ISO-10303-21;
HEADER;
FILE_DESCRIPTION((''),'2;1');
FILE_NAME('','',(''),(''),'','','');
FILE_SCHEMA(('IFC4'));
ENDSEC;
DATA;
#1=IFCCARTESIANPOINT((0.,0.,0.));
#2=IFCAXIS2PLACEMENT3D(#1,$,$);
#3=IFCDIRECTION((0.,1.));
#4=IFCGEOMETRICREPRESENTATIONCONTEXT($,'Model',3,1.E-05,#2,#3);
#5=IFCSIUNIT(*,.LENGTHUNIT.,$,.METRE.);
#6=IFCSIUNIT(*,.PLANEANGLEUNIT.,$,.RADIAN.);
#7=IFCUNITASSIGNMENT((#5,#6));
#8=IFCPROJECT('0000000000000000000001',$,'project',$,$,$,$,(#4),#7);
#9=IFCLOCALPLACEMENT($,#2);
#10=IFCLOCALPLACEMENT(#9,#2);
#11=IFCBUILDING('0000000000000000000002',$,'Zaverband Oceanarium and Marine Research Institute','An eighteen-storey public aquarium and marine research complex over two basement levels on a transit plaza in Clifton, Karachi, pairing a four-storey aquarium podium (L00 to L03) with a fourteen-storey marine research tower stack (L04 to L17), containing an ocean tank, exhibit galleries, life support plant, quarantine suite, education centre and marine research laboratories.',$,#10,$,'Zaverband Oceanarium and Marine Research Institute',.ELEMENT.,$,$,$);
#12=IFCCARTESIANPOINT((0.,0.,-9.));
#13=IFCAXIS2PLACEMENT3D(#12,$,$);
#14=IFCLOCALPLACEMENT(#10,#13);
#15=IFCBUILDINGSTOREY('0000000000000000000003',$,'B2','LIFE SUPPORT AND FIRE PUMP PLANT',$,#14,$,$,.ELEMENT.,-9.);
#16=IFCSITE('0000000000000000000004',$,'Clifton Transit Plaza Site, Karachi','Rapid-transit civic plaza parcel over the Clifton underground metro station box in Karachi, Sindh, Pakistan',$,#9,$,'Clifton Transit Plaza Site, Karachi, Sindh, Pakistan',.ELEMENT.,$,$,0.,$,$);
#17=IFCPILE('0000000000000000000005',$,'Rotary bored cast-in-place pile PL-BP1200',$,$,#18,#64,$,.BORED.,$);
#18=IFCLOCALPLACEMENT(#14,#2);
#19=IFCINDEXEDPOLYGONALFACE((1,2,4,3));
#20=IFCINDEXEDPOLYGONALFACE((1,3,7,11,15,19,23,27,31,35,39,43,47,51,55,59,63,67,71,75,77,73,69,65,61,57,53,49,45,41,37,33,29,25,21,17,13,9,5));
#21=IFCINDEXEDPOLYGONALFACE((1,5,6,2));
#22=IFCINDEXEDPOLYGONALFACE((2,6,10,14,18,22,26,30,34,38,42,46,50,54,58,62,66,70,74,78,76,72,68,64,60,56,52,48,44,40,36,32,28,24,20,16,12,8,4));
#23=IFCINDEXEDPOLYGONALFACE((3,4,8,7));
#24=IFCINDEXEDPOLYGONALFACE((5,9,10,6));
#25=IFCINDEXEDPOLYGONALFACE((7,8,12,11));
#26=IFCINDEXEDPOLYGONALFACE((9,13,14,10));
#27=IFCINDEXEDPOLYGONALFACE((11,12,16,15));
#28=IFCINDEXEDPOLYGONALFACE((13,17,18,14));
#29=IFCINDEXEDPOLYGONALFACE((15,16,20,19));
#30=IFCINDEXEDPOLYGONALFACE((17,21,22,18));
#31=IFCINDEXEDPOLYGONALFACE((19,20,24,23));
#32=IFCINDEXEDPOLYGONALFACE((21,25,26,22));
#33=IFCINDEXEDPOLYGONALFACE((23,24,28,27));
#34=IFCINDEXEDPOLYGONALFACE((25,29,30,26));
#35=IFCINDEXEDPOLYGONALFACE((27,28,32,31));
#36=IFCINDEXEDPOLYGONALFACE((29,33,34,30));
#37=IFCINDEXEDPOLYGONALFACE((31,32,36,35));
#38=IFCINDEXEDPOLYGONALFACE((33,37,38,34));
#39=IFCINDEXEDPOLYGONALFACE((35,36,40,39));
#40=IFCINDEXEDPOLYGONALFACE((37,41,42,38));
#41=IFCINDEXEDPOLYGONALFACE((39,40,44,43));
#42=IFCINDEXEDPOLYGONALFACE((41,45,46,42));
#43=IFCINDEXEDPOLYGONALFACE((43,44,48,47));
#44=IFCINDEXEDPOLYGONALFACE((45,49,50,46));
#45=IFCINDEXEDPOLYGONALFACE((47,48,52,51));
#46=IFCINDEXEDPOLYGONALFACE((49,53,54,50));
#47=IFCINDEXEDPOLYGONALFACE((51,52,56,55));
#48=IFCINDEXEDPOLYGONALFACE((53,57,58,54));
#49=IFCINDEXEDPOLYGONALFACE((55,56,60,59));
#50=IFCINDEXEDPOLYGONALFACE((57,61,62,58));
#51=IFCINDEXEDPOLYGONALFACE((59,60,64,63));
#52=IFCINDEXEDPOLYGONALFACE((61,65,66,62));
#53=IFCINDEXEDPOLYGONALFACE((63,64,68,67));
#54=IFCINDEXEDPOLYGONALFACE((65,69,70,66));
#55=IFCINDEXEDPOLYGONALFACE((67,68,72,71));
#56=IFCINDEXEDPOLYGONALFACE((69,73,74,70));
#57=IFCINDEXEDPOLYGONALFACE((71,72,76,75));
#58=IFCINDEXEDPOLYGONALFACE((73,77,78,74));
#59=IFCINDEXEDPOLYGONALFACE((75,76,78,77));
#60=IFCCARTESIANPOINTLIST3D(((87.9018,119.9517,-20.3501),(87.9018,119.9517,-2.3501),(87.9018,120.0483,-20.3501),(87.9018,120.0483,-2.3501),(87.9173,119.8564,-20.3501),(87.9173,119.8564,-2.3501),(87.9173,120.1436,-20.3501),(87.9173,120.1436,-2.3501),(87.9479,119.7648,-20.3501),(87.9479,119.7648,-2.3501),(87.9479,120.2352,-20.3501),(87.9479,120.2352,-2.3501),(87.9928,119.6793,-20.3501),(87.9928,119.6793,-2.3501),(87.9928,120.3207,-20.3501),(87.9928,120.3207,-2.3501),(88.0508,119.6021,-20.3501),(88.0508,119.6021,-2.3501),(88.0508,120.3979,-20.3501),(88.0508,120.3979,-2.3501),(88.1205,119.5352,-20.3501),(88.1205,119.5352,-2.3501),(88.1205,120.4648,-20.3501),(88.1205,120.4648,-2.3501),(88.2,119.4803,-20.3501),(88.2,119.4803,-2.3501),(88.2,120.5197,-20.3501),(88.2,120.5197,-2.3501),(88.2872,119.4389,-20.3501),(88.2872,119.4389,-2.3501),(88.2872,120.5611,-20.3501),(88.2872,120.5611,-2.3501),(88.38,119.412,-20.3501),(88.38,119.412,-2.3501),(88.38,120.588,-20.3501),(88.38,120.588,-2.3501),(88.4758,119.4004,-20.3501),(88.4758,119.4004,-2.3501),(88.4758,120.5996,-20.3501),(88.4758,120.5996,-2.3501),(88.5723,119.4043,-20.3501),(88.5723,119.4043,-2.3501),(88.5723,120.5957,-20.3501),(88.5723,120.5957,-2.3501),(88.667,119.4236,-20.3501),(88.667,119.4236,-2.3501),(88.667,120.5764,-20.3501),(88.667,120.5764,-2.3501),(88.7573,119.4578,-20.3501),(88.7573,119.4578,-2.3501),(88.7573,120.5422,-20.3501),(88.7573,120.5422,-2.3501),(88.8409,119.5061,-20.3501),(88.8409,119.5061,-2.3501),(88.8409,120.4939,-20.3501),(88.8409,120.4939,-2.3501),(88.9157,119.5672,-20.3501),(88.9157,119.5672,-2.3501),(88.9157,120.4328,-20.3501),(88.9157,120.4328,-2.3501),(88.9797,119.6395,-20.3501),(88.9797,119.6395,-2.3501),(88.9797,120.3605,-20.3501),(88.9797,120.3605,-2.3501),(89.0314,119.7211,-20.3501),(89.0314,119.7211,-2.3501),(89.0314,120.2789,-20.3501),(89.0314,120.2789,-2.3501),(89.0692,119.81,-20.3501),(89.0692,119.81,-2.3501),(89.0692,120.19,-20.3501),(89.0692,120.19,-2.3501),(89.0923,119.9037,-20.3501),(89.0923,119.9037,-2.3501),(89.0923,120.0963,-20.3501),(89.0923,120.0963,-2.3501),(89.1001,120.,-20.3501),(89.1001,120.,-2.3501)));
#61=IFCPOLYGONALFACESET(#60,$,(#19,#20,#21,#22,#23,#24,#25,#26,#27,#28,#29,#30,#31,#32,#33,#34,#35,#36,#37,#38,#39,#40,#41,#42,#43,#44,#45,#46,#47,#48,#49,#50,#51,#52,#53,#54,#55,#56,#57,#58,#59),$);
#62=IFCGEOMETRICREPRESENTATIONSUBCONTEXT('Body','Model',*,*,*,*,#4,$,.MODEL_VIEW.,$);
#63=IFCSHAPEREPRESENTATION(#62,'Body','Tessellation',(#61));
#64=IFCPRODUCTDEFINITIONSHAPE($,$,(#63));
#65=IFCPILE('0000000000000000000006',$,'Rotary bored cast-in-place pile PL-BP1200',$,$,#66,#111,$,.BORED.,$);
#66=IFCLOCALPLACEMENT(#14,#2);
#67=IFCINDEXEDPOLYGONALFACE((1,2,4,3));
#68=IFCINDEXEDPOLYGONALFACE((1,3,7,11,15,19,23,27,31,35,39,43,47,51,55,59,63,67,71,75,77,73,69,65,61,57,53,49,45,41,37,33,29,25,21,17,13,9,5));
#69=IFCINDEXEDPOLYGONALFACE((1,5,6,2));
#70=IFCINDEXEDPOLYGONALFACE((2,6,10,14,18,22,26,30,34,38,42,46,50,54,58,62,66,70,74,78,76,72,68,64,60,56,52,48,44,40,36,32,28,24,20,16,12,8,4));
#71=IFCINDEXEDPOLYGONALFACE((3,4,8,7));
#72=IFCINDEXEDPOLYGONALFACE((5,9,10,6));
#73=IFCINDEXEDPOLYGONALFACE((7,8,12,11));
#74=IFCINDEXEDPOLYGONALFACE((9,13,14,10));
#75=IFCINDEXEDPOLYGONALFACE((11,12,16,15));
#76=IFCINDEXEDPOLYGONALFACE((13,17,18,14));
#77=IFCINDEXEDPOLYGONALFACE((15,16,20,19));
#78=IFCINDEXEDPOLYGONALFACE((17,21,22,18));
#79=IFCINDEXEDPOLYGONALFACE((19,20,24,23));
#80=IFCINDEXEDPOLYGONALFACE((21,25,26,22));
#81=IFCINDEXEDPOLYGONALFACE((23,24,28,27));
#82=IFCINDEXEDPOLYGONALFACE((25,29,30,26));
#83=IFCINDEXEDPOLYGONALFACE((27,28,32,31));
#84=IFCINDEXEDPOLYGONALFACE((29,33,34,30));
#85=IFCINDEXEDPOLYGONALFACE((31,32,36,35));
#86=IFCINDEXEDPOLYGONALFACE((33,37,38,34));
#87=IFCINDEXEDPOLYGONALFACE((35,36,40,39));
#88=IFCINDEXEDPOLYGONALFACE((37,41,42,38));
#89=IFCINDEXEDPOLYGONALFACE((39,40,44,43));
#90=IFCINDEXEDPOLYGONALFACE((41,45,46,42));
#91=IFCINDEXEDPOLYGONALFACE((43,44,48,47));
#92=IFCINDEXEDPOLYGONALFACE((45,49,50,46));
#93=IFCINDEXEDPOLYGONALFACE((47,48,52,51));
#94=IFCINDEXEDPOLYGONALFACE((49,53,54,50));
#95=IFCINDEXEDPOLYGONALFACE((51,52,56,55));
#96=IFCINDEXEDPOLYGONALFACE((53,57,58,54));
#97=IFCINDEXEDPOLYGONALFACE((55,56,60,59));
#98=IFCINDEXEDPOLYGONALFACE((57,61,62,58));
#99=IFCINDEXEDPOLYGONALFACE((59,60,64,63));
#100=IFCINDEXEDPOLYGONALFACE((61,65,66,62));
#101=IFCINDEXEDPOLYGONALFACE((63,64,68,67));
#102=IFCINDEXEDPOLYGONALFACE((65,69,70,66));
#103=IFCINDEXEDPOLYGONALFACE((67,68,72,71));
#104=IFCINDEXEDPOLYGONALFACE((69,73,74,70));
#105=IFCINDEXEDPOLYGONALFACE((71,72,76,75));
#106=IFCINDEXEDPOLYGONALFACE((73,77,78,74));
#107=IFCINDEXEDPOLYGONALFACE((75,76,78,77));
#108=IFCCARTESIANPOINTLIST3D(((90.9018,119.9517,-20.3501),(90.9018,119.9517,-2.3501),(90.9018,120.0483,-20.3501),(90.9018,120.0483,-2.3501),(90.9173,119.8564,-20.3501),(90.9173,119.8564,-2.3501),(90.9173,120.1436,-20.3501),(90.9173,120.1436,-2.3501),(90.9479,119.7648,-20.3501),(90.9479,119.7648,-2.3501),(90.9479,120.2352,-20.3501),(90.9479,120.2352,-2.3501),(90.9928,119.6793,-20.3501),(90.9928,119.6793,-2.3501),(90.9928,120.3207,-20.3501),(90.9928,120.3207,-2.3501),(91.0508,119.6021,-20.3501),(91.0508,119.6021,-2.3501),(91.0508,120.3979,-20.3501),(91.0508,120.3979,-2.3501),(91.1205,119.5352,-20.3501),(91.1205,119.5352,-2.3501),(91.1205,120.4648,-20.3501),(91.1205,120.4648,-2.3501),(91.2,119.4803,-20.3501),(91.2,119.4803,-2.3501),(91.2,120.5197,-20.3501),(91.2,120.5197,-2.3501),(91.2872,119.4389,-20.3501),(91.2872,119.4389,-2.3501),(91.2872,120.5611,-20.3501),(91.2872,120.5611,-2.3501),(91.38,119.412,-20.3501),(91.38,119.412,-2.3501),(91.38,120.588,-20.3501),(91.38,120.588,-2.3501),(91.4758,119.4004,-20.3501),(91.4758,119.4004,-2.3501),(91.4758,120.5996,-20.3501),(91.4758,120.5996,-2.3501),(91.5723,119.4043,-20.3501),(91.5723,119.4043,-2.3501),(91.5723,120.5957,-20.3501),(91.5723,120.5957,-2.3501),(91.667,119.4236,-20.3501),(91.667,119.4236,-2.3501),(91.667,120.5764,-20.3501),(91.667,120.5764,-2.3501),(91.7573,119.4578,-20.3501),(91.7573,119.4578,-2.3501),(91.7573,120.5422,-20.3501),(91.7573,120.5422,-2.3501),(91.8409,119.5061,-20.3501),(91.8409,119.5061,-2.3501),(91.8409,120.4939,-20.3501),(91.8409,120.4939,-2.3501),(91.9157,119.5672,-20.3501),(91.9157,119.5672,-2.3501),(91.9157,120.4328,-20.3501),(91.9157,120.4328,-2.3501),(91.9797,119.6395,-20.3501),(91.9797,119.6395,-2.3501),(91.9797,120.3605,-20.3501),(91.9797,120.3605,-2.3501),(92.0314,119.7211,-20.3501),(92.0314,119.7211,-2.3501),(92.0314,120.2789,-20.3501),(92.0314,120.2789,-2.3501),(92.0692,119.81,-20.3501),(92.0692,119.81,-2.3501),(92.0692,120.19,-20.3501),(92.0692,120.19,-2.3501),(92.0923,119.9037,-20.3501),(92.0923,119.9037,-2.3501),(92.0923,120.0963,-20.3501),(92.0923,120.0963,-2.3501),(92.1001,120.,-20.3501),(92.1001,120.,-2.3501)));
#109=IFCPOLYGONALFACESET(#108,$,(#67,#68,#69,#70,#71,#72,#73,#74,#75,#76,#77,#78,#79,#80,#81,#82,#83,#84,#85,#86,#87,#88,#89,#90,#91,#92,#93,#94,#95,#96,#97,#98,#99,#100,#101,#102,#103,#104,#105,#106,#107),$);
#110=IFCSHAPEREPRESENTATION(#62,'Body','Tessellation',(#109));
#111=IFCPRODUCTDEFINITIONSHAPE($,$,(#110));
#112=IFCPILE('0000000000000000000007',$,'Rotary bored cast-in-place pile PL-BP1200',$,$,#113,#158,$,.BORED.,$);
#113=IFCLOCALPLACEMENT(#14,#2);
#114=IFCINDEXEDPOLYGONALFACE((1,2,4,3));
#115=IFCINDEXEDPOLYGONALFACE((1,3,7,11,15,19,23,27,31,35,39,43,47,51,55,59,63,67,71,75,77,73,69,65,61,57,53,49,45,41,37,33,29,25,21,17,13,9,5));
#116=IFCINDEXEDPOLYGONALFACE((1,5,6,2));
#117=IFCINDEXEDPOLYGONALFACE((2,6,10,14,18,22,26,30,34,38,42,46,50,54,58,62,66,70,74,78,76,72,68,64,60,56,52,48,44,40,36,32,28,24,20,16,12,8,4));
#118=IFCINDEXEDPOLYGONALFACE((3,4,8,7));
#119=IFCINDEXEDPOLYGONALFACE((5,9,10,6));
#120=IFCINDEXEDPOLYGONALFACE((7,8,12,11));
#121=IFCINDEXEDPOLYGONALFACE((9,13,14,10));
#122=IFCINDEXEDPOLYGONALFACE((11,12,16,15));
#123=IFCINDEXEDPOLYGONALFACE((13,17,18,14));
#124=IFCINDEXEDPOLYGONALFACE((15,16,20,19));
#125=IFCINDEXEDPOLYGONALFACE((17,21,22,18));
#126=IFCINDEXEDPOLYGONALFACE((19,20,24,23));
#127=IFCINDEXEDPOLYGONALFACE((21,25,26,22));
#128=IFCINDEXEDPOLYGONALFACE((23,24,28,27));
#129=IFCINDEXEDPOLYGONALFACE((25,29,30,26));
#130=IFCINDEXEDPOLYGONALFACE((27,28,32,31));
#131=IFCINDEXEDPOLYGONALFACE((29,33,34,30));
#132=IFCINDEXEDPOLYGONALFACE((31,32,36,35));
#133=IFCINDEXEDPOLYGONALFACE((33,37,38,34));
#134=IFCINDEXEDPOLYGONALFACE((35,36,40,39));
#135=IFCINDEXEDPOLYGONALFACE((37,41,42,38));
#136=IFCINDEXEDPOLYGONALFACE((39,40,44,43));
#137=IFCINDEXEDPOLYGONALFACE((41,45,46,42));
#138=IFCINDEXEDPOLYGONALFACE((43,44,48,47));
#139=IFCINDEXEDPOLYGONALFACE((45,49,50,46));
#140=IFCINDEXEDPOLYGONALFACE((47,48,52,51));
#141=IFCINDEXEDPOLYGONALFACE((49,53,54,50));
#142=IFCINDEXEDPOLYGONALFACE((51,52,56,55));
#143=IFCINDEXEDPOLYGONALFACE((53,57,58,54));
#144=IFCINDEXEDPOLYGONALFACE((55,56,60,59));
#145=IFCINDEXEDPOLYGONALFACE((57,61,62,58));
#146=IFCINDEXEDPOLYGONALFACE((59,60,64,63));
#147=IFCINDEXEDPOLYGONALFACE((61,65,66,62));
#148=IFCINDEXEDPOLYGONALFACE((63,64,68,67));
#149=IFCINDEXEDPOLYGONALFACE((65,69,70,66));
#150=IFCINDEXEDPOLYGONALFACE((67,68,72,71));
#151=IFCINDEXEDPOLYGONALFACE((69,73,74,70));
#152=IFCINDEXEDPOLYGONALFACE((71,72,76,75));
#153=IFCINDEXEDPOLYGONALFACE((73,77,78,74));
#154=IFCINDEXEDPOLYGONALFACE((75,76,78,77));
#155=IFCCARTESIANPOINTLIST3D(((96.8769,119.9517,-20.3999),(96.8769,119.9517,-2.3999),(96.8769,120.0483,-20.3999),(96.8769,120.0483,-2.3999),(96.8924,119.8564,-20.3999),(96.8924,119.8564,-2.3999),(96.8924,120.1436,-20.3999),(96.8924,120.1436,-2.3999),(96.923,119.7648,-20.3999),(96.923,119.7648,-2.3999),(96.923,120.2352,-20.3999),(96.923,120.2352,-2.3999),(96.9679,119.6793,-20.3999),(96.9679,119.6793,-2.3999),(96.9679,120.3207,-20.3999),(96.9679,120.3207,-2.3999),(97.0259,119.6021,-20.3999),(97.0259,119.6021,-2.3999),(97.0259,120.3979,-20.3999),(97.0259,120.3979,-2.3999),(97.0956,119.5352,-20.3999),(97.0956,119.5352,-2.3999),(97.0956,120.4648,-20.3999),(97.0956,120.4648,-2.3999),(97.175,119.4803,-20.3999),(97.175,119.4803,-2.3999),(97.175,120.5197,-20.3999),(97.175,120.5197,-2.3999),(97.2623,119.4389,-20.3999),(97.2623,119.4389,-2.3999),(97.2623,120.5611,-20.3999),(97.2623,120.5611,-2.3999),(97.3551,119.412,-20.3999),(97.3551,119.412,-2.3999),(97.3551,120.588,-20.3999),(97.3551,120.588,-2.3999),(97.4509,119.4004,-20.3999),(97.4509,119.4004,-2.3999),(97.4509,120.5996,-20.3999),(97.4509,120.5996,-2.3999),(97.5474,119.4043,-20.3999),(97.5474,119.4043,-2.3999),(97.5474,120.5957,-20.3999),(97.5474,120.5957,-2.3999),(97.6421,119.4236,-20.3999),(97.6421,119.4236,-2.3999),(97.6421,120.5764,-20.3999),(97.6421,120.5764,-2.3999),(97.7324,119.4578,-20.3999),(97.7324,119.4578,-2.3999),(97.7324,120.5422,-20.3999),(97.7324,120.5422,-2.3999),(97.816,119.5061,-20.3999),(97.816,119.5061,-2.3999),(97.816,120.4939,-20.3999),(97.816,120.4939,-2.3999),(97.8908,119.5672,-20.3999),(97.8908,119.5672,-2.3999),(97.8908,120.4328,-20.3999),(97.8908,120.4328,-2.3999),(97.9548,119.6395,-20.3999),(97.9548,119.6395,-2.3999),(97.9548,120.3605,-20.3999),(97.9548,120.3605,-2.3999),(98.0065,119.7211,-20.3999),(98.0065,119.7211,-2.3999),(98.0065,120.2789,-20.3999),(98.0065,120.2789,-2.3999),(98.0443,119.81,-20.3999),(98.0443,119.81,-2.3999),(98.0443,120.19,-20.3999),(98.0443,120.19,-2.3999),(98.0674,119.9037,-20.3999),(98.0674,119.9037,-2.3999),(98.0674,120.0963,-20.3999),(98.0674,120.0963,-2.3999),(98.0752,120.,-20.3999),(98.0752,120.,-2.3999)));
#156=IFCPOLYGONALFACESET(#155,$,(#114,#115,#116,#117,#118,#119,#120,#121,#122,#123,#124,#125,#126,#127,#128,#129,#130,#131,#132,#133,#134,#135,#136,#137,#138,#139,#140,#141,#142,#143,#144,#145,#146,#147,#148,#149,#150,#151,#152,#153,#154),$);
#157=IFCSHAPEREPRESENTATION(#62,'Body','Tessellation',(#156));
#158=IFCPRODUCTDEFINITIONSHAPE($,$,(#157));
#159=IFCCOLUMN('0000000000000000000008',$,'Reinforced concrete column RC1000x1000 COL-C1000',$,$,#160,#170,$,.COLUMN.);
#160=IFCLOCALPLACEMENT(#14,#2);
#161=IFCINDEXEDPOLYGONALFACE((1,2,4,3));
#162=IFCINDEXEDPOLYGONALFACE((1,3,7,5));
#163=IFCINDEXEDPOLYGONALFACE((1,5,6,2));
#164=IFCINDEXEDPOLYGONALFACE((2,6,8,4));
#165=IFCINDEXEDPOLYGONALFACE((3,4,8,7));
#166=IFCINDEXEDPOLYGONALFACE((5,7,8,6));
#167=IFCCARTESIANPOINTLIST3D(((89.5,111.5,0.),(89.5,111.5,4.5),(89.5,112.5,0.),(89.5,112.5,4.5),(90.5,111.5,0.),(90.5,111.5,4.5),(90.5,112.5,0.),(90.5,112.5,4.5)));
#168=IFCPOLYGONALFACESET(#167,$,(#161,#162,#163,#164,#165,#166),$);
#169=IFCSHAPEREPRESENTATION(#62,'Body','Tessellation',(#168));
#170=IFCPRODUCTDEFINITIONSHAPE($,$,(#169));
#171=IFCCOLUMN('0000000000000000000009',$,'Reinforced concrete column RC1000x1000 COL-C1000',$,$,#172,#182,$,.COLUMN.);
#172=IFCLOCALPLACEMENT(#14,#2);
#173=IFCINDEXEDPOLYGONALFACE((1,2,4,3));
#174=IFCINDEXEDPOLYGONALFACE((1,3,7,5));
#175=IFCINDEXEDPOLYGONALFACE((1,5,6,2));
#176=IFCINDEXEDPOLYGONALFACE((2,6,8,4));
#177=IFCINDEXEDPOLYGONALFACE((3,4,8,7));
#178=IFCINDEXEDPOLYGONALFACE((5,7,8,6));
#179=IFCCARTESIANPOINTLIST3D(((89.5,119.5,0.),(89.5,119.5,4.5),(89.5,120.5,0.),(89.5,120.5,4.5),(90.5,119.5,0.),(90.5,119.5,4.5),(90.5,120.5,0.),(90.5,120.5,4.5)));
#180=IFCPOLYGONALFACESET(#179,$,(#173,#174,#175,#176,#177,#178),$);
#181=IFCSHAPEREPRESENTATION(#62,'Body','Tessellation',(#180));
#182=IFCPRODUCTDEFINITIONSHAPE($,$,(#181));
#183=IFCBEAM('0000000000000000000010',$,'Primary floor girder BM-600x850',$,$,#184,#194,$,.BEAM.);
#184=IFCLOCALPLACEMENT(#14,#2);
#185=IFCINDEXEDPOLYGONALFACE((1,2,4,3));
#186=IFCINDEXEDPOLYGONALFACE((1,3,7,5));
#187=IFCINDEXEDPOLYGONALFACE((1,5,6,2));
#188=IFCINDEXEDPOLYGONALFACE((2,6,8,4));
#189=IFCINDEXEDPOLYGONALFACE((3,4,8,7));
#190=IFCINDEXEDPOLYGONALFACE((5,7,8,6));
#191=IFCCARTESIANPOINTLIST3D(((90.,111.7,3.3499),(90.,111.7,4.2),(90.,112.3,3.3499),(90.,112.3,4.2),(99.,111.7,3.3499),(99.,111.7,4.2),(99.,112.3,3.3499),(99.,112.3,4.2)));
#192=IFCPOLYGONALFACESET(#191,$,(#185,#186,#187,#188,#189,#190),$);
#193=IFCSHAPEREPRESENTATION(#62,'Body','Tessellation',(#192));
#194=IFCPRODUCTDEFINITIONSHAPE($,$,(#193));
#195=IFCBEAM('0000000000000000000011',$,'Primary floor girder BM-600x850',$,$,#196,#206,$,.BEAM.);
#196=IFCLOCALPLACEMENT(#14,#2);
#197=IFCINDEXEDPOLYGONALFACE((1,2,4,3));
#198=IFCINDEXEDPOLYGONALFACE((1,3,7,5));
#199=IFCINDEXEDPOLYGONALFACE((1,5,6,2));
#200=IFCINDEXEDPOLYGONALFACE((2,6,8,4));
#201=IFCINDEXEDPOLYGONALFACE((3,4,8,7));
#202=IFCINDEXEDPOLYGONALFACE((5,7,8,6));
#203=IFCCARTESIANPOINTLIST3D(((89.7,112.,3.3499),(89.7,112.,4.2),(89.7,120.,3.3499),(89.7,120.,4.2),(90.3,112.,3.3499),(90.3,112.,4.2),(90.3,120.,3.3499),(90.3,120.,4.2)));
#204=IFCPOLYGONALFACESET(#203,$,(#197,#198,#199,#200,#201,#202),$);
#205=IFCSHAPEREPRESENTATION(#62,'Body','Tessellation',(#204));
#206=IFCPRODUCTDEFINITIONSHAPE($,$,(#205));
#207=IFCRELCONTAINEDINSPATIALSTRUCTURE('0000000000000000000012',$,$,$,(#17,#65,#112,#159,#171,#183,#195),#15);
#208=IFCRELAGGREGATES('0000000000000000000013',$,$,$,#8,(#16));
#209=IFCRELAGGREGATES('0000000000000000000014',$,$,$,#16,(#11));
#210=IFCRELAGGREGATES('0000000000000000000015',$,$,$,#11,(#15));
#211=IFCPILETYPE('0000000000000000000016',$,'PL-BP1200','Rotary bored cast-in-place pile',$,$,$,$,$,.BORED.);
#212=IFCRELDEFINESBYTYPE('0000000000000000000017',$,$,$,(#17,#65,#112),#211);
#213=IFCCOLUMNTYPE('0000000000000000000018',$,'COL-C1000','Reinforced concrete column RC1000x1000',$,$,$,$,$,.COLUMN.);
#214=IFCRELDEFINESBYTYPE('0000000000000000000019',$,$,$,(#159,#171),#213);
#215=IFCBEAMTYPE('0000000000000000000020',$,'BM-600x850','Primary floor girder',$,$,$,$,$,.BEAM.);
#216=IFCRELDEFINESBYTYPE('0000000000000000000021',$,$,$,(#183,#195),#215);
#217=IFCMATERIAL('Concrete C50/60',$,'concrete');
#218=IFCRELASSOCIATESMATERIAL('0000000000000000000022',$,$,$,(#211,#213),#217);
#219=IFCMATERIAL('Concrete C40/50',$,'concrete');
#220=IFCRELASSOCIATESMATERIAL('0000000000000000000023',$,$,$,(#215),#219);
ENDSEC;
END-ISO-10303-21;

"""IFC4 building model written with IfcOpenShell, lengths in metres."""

from ifc_helpers import new_model, si_unit, direction, frame, origin, origin_2d, place, context, subcontext, project, spatial, rectangle, circle, extrude, material, material_profile, profile_set, type_object, element, save


model = new_model("IFC4")

# Units and contexts
model_context = context("Model", 3, precision=1e-05, world=origin(), true_north=direction((0.0, 1.0)))
body_context = subcontext(model_context, "Body", "Model", "MODEL_VIEW")
ifc_project = project(units=[si_unit("LENGTHUNIT", "METRE"), si_unit("PLANEANGLEUNIT", "RADIAN")], contexts=[model_context])

# Site, building, storey
site_placement = place(None, origin())
site = spatial("IfcSite", under=ifc_project, at=site_placement, Name="Clifton Transit Plaza Site, Karachi", Description="Rapid-transit civic plaza parcel over the Clifton underground metro station box in Karachi, Sindh, Pakistan", LongName="Clifton Transit Plaza Site, Karachi, Sindh, Pakistan", CompositionType="ELEMENT", RefElevation=0.0)
building_placement = place(site_placement, origin())
building = spatial("IfcBuilding", under=site, at=building_placement, Name="Zaverband Oceanarium and Marine Research Institute", Description="An eighteen-storey public aquarium and marine research complex over two basement levels on a transit plaza in Clifton, Karachi, pairing a four-storey aquarium podium (L00 to L03) with a fourteen-storey marine research tower stack (L04 to L17), containing an ocean tank, exhibit galleries, life support plant, quarantine suite, education centre and marine research laboratories.", LongName="Zaverband Oceanarium and Marine Research Institute", CompositionType="ELEMENT")
storey_placement = place(building_placement, frame((0.0, 0.0, -9.0)))
storey = spatial("IfcBuildingStorey", under=building, at=storey_placement, Name="B2", Description="LIFE SUPPORT AND FIRE PUMP PLANT", CompositionType="ELEMENT", Elevation=-9.0)

# Shared definitions
ifc_material_1 = material(Name="Concrete C50/60", Category="concrete")

# Piles
ifc_material_profile_1 = material_profile(ifc_material_1, circle(Radius=0.6001, at=origin_2d()), Name="BP1200")
ifc_profile_set_1 = profile_set([ifc_material_profile_1], Name="Concrete C50/60")
pile_type_1 = type_object("IfcPileType", Name="PL-BP1200", Description="Rotary bored cast-in-place pile", PredefinedType="BORED", material=ifc_profile_set_1)
for number, where, z_axis, x_axis, name in (
    (1, (88.5, 120.0, -2.3501), (0.0, 0.0, -1.0), (1.0, 0.0, 0.0), "Rotary bored cast-in-place pile PL-BP1200"),
    (2, (91.5, 120.0, -2.3501), (0.0, 0.0, -1.0), (1.0, 0.0, 0.0), "Rotary bored cast-in-place pile PL-BP1200"),
    (3, (97.4751, 120.0, -2.3999), (0.0, 0.0, -1.0), (1.0, 0.0, 0.0), "Rotary bored cast-in-place pile PL-BP1200"),
):
    element("IfcPile", number, at=place(storey_placement, frame(where, z_axis=z_axis, x_axis=x_axis)), inside=storey, type_object=pile_type_1, Name=name, PredefinedType="BORED", context=body_context, shape_type="SweptSolid", body=[
        extrude(circle(Radius=0.6001, at=origin_2d()), origin(), (0.0, 0.0, 1.0), 18.0),
    ])

# Columns
ifc_material_profile_2 = material_profile(ifc_material_1, rectangle(XDim=1.0, YDim=1.0, at=origin_2d()), Name="RC1000x1000")
ifc_profile_set_2 = profile_set([ifc_material_profile_2], Name="Concrete C50/60")
column_type = type_object("IfcColumnType", Name="COL-C1000", Description="Reinforced concrete column RC1000x1000", PredefinedType="COLUMN", material=ifc_profile_set_2)
for number, where, z_axis, x_axis, name in (
    (4, (90.0, 112.0, 0.0), (0.0, 0.0, 1.0), (1.0, 0.0, 0.0), "Reinforced concrete column RC1000x1000 COL-C1000"),
    (5, (90.0, 120.0, 0.0), (0.0, 0.0, 1.0), (1.0, 0.0, 0.0), "Reinforced concrete column RC1000x1000 COL-C1000"),
):
    element("IfcColumn", number, at=place(storey_placement, frame(where, z_axis=z_axis, x_axis=x_axis)), inside=storey, type_object=column_type, Name=name, PredefinedType="COLUMN", context=body_context, shape_type="SweptSolid", body=[
        extrude(rectangle(XDim=1.0, YDim=1.0, at=origin_2d()), origin(), (0.0, 0.0, 1.0), 4.5),
    ])

# Beams
ifc_material_2 = material(Name="Concrete C40/50", Category="concrete")
ifc_material_profile_3 = material_profile(ifc_material_2, rectangle(XDim=0.6001, YDim=0.8501, at=origin_2d()), Name="RC600x850")
ifc_profile_set_3 = profile_set([ifc_material_profile_3], Name="Concrete C40/50")
beam_type_1 = type_object("IfcBeamType", Name="BM-600x850", Description="Primary floor girder", PredefinedType="BEAM", material=ifc_profile_set_3)
beam_1_placement = place(storey_placement, frame((90.0, 112.0, 3.7749), z_axis=(1.0, 0.0, 0.0), x_axis=(0.0, 1.0, 0.0)))
element("IfcBeam", 6, at=beam_1_placement, inside=storey, type_object=beam_type_1, Name="Primary floor girder BM-600x850", PredefinedType="BEAM", context=body_context, shape_type="SweptSolid", body=[
    extrude(rectangle(XDim=0.6001, YDim=0.8501, at=origin_2d()), origin(), (0.0, 0.0, 1.0), 9.0),
])
beam_2_placement = place(storey_placement, frame((90.0, 112.0, 3.7749), z_axis=(0.0, 1.0, 0.0), x_axis=(-1.0, 0.0, 0.0)))
element("IfcBeam", 7, at=beam_2_placement, inside=storey, type_object=beam_type_1, Name="Primary floor girder BM-600x850", PredefinedType="BEAM", context=body_context, shape_type="SweptSolid", body=[
    extrude(rectangle(XDim=0.6001, YDim=0.8501, at=origin_2d()), origin(), (0.0, 0.0, 1.0), 8.0),
])

save(model, "model.ifc")
